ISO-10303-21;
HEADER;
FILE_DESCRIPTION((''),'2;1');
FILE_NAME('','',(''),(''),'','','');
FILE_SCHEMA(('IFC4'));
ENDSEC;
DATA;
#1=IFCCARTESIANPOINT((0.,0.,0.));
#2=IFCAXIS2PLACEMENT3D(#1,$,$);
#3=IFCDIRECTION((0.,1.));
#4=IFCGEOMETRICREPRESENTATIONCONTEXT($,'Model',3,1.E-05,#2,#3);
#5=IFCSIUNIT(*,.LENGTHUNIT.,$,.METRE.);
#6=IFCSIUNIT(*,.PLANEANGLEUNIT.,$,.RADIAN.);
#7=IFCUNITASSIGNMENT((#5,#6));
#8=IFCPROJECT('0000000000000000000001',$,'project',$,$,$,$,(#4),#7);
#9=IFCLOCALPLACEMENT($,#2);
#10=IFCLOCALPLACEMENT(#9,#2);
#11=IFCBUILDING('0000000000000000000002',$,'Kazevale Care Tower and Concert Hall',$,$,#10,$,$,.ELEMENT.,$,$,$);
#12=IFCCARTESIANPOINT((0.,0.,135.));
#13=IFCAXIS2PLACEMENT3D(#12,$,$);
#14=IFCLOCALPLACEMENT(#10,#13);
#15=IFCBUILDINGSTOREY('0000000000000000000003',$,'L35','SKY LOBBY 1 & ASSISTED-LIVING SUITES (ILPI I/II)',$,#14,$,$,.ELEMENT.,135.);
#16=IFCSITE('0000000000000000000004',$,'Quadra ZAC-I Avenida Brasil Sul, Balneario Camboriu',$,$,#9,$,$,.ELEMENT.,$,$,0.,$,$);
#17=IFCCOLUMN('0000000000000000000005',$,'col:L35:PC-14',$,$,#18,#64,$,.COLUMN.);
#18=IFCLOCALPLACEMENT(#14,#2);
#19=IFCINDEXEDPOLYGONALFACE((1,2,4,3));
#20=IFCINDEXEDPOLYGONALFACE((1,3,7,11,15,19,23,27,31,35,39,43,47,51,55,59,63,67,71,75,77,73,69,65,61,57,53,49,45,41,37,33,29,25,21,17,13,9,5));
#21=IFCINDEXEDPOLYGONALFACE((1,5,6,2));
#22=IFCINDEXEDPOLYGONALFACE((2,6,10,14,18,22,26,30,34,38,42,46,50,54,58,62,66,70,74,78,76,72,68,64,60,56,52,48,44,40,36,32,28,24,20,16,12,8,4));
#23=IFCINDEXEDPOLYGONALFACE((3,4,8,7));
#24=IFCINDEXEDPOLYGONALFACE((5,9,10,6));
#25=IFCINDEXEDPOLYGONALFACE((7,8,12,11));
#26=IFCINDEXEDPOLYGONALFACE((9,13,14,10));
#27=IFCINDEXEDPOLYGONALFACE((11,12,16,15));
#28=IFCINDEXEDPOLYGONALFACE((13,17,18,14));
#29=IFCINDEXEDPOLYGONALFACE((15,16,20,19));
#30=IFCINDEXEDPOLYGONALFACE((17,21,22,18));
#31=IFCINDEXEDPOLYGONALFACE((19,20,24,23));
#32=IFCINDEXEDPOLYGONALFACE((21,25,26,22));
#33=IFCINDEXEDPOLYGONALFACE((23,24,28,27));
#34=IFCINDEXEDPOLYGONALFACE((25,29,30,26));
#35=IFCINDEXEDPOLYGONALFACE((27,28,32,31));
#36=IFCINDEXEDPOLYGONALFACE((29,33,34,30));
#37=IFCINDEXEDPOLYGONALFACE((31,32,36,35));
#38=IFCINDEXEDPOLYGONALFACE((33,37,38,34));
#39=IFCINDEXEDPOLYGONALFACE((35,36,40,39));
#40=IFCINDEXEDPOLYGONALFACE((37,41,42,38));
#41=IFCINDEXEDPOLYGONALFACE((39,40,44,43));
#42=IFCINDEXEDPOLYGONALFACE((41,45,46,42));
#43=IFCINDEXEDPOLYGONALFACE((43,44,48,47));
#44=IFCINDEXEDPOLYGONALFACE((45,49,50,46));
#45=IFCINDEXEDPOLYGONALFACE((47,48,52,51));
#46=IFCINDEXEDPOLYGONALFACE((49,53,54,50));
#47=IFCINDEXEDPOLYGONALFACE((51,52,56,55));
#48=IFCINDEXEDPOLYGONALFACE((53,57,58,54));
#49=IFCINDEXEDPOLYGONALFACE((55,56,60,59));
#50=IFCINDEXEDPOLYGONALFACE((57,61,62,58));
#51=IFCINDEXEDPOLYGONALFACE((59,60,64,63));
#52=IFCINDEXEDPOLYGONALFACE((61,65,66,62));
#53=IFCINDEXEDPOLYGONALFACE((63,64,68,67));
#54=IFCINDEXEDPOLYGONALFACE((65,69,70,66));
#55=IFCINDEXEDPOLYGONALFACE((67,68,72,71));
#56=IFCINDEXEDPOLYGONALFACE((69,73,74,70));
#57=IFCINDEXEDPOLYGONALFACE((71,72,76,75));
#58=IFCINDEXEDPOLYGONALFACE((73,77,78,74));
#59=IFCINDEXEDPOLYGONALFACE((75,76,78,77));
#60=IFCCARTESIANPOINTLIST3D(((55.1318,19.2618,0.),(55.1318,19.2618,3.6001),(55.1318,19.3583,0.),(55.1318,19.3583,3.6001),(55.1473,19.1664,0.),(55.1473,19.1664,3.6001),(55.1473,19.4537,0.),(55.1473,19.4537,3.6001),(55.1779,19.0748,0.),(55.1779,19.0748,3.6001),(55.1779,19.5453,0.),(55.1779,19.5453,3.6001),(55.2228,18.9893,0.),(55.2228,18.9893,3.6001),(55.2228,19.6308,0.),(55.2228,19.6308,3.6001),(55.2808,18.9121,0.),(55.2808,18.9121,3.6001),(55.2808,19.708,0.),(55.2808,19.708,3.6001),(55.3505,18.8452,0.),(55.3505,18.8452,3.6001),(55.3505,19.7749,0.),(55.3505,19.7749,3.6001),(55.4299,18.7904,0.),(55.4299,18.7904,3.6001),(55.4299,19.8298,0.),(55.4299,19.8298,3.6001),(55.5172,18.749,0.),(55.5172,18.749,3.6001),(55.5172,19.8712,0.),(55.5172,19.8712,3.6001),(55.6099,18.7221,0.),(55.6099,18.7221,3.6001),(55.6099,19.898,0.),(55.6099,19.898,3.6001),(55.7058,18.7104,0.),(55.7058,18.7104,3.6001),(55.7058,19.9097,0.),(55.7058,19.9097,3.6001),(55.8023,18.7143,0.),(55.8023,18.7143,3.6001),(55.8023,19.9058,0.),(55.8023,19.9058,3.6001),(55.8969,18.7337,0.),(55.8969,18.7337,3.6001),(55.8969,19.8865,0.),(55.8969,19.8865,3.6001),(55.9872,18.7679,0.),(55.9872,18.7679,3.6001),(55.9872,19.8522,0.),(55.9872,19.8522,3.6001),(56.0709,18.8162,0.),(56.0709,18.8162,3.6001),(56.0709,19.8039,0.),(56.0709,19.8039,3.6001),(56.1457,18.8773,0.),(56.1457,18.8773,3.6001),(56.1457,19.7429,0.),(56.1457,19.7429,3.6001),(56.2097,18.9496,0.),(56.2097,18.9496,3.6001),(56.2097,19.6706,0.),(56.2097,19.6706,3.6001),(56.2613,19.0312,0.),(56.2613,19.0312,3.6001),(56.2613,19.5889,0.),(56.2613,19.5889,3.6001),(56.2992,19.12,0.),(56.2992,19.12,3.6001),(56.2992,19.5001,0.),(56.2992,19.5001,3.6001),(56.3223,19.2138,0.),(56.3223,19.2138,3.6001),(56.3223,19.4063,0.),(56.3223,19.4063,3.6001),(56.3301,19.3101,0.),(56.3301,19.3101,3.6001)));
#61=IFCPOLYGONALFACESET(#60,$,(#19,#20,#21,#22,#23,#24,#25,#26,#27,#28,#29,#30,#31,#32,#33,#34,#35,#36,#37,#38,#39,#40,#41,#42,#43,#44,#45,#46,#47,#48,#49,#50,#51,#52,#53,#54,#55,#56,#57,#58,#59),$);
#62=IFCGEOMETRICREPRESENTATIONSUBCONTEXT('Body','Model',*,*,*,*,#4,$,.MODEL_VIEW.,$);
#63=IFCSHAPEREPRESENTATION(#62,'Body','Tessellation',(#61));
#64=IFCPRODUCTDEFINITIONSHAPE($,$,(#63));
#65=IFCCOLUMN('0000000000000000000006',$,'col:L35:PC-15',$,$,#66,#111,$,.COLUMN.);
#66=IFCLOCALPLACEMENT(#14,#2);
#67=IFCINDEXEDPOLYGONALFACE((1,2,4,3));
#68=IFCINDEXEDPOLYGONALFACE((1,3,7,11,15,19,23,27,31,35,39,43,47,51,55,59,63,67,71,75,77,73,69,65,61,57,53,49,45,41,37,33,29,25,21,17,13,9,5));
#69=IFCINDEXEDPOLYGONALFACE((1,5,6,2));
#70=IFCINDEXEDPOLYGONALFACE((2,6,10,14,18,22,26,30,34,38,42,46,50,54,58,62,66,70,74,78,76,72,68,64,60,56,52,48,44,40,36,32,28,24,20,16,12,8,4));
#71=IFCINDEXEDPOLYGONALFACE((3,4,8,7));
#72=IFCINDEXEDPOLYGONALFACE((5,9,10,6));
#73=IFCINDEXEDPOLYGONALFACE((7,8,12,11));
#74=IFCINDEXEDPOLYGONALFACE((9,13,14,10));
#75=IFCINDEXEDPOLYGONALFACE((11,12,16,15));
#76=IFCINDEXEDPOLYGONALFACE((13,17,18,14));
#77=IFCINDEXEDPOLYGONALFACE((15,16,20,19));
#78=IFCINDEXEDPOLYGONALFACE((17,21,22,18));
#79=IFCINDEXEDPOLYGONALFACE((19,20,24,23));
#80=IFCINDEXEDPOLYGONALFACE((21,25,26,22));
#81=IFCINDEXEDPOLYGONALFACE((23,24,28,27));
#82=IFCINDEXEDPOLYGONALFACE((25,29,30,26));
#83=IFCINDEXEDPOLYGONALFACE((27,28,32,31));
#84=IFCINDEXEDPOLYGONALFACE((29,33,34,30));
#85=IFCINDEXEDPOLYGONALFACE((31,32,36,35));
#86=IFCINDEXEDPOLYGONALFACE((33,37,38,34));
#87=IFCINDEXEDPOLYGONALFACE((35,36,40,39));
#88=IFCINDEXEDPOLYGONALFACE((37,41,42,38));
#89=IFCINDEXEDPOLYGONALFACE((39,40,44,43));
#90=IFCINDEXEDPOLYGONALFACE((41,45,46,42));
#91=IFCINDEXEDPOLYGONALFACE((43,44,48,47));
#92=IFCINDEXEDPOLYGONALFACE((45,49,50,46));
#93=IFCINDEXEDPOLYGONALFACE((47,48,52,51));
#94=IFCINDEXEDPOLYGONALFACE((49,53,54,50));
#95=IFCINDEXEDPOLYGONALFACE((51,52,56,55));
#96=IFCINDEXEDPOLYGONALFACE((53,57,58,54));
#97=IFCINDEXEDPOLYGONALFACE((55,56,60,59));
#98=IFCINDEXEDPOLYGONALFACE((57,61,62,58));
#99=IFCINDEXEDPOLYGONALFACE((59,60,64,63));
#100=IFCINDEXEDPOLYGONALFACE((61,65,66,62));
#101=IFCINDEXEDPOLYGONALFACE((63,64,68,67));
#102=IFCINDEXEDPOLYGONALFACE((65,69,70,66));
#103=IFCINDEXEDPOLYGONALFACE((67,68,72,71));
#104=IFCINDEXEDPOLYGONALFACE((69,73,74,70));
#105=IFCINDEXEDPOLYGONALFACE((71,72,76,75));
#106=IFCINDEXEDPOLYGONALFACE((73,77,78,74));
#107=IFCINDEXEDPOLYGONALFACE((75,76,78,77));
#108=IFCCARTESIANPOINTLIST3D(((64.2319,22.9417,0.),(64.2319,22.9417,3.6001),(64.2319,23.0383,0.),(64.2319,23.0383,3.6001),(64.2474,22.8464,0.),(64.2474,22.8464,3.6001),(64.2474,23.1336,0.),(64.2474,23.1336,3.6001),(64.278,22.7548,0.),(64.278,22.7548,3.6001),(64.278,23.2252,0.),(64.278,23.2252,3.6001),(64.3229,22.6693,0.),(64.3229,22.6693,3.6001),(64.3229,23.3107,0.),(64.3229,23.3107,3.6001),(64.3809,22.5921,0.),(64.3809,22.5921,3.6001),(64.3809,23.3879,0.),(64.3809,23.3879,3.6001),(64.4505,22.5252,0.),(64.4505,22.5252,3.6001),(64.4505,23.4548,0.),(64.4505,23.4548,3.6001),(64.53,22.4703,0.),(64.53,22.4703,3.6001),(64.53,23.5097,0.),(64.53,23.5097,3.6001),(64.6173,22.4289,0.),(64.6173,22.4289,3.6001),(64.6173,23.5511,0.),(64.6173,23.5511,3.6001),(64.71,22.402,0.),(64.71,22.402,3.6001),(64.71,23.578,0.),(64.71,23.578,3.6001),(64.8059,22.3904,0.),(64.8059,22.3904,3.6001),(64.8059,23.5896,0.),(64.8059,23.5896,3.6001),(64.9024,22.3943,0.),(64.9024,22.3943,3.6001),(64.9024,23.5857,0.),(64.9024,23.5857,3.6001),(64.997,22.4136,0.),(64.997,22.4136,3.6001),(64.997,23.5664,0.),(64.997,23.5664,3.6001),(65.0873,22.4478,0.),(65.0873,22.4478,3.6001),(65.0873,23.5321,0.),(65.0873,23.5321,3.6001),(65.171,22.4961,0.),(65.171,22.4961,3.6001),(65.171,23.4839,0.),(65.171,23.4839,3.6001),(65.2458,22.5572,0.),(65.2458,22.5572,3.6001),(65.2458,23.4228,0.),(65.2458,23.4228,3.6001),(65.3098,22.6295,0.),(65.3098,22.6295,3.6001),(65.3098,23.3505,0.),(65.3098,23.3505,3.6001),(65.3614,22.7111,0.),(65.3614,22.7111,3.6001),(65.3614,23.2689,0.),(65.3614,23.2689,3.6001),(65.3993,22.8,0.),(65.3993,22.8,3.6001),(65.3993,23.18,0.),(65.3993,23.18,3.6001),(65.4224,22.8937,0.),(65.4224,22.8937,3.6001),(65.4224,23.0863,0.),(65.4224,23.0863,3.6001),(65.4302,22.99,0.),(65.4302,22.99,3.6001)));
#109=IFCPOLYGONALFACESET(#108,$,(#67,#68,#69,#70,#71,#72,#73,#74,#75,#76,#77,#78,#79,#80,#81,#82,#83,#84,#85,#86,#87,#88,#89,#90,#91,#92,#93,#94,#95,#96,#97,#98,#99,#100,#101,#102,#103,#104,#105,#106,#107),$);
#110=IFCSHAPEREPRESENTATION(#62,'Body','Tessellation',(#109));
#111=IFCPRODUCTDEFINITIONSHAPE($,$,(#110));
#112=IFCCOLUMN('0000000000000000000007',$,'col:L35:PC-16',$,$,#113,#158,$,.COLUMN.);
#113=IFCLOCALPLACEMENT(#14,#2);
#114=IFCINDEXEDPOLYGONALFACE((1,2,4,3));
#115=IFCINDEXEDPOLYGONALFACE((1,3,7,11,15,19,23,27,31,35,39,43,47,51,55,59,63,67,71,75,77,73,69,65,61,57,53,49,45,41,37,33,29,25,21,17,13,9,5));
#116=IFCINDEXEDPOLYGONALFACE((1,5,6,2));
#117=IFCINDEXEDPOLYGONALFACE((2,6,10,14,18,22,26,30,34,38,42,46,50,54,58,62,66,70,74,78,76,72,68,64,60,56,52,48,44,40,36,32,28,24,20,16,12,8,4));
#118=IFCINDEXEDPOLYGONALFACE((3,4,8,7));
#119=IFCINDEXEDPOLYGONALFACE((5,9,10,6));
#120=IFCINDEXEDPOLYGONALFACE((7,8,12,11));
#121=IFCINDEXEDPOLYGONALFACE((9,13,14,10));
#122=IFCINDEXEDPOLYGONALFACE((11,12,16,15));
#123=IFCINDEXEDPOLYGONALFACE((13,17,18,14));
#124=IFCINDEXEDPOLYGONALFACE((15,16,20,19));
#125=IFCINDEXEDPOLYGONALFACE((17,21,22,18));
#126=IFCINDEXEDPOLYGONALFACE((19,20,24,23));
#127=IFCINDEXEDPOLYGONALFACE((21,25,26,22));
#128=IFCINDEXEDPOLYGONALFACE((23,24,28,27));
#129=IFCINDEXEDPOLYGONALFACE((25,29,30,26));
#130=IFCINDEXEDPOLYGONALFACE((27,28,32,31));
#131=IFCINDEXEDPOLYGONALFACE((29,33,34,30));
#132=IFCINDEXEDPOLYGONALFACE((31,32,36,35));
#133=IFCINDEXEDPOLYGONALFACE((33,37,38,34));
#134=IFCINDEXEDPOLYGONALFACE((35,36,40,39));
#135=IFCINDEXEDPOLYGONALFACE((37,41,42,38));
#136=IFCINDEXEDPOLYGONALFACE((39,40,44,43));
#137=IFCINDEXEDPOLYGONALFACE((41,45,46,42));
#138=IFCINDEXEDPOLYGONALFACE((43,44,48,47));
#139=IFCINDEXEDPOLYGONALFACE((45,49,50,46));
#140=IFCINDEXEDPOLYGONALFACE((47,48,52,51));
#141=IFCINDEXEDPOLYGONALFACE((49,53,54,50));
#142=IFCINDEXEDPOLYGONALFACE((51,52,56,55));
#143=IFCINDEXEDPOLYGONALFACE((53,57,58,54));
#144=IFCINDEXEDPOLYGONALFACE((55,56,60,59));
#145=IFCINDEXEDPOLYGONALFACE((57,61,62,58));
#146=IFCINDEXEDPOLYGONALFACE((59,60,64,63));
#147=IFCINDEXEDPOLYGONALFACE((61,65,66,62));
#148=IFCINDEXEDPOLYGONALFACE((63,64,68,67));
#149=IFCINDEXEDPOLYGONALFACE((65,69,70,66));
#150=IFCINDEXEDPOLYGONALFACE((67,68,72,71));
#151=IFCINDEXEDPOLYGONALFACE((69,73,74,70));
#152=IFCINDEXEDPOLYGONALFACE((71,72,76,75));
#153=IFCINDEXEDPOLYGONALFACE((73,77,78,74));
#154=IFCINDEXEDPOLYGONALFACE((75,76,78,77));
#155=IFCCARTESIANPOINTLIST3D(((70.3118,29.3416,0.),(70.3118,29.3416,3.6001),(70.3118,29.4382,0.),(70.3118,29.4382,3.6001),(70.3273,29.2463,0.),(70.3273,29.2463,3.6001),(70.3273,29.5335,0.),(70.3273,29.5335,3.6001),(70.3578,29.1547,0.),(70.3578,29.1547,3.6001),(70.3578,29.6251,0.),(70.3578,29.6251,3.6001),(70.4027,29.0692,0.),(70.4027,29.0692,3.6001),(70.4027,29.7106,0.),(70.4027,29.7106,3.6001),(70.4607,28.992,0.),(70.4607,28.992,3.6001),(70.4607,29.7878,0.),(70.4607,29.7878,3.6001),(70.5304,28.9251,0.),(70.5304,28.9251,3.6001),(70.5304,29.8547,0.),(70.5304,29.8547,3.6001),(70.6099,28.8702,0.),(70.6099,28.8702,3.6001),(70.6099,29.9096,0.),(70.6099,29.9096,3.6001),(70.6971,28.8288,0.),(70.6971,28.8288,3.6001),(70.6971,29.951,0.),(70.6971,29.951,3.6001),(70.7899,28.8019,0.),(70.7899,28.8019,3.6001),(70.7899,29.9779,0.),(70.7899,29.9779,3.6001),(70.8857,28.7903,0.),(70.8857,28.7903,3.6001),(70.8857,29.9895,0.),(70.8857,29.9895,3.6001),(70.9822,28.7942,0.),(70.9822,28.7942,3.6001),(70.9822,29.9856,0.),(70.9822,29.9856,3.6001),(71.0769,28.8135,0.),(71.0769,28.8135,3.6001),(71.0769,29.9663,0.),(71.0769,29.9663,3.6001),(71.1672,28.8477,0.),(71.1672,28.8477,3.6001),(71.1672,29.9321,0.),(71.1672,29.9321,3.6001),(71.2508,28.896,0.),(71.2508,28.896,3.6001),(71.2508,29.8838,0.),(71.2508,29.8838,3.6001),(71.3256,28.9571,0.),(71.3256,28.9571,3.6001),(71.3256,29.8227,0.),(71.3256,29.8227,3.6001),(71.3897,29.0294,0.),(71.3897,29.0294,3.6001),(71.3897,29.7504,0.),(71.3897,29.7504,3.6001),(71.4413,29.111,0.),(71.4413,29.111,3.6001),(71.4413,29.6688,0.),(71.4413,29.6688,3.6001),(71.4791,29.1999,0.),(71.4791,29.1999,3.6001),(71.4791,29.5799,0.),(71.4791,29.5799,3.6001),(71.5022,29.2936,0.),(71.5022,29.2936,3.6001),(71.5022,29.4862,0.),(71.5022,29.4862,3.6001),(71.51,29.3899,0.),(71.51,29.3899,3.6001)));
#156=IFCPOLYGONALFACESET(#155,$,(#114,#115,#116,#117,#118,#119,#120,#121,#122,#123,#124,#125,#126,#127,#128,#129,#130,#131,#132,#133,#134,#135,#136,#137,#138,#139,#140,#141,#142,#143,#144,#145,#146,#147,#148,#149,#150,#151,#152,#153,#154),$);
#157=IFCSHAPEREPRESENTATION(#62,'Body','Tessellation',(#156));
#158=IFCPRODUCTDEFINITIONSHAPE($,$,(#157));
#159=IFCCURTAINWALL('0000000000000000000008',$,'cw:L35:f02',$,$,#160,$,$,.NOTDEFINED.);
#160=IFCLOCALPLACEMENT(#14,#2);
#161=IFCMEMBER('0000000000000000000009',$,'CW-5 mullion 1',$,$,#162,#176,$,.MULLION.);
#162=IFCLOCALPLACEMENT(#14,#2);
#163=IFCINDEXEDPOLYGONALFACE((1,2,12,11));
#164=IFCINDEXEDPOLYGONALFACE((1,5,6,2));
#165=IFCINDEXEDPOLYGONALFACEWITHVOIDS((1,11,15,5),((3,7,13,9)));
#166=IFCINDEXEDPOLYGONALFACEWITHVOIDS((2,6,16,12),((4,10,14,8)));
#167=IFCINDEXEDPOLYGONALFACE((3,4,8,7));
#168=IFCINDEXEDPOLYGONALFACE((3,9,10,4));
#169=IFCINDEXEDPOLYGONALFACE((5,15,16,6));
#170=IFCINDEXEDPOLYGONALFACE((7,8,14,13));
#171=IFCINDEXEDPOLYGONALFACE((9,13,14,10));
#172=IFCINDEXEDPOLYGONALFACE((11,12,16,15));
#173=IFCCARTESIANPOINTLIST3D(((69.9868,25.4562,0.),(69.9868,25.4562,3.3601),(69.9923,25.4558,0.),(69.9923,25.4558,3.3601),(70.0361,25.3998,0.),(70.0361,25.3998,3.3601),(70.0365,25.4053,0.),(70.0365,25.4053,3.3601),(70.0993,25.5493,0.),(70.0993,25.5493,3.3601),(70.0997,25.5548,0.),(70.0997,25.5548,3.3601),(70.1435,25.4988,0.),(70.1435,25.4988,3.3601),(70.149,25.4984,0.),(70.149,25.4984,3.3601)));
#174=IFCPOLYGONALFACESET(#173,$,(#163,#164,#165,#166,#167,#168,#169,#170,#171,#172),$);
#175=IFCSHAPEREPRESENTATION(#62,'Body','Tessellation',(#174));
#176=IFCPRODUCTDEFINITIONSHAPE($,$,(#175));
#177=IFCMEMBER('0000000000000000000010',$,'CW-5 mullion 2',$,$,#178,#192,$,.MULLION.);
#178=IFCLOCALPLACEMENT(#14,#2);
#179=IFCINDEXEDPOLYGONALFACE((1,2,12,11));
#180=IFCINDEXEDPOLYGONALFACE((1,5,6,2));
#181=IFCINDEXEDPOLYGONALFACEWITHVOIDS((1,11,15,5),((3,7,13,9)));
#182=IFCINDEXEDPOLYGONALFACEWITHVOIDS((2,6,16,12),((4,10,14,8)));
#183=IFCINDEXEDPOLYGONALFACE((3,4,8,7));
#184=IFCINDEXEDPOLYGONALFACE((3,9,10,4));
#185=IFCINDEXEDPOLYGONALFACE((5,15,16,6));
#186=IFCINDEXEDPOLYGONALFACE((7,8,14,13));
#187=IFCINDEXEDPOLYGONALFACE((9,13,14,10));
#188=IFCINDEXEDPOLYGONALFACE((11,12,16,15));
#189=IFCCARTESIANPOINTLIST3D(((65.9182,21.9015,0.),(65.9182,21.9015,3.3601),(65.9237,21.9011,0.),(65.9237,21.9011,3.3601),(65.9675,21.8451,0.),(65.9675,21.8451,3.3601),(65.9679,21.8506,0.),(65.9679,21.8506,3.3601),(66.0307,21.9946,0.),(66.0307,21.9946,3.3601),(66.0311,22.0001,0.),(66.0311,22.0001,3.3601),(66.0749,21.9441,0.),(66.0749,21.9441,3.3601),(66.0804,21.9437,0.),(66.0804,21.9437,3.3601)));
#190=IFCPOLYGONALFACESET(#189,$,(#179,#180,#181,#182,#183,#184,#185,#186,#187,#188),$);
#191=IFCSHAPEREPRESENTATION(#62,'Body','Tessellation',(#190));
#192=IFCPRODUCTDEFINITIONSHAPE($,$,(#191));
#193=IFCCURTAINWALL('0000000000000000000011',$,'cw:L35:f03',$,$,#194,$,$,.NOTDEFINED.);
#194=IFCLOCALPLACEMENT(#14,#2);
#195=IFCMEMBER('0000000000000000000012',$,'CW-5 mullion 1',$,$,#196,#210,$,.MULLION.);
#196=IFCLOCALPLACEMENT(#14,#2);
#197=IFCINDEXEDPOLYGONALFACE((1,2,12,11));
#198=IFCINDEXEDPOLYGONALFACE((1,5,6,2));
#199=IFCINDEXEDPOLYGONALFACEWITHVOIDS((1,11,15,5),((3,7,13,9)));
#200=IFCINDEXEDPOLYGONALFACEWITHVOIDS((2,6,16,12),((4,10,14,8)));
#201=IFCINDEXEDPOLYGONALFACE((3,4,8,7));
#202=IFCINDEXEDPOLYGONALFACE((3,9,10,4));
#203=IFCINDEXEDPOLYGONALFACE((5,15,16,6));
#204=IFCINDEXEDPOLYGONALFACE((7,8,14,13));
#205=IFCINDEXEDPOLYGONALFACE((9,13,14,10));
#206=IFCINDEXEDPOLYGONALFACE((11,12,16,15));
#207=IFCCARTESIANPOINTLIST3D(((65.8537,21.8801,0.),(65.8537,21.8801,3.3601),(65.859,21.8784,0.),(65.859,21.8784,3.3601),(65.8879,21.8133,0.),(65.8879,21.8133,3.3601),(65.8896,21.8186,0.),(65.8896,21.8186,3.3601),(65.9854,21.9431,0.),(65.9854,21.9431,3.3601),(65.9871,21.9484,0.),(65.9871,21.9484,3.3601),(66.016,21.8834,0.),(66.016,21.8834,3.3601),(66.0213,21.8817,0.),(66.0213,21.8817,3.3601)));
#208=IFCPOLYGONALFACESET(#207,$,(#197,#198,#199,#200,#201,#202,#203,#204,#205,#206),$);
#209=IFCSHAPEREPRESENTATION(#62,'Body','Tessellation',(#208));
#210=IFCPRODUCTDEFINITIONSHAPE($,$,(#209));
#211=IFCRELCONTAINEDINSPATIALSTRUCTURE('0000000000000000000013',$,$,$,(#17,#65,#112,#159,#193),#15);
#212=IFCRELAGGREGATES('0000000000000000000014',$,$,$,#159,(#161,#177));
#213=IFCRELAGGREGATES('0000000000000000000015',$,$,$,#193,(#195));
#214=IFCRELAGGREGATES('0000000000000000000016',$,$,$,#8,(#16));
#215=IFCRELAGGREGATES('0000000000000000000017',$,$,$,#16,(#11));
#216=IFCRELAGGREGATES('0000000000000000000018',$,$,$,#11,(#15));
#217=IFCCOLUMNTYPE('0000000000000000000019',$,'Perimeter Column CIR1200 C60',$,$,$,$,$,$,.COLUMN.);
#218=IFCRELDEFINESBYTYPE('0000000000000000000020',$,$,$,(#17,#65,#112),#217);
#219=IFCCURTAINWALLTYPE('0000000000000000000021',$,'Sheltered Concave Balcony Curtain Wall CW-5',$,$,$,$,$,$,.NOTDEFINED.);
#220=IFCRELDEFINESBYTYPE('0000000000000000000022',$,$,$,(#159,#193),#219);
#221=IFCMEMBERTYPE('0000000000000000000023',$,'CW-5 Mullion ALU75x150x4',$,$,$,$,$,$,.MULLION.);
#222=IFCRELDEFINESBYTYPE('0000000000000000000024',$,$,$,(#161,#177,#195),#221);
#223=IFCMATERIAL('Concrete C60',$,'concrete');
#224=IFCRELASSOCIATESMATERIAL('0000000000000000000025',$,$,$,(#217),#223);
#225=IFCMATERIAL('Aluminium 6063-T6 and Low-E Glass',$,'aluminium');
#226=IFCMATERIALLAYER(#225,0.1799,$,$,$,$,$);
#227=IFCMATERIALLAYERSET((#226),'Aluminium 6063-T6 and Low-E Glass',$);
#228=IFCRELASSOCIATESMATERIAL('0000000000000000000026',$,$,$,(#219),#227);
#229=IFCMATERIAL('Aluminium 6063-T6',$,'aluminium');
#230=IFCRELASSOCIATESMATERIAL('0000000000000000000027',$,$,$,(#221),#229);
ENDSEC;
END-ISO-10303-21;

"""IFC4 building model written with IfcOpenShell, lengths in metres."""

from ifc_helpers import new_model, si_unit, direction, frame, origin, origin_2d, place, context, subcontext, project, spatial, hollow_rectangle, circle, extrude, material, layer, layer_set, material_profile, profile_set, type_object, element, aggregate, save


model = new_model("IFC4")

# Units and contexts
model_context = context("Model", 3, precision=1e-05, world=origin(), true_north=direction((0.0, 1.0)))
body_context = subcontext(model_context, "Body", "Model", "MODEL_VIEW")
ifc_project = project(units=[si_unit("LENGTHUNIT", "METRE"), si_unit("PLANEANGLEUNIT", "RADIAN")], contexts=[model_context])

# Site, building, storey
site_placement = place(None, origin())
site = spatial("IfcSite", under=ifc_project, at=site_placement, Name="Quadra ZAC-I Avenida Brasil Sul, Balneario Camboriu", CompositionType="ELEMENT", RefElevation=0.0)
building_placement = place(site_placement, origin())
building = spatial("IfcBuilding", under=site, at=building_placement, Name="Kazevale Care Tower and Concert Hall", CompositionType="ELEMENT")
storey_placement = place(building_placement, frame((0.0, 0.0, 135.0)))
storey = spatial("IfcBuildingStorey", under=building, at=storey_placement, Name="L35", Description="SKY LOBBY 1 & ASSISTED-LIVING SUITES (ILPI I/II)", CompositionType="ELEMENT", Elevation=135.0)

# Columns
ifc_material_1 = material(Name="Concrete C60", Category="concrete")
ifc_material_profile_1 = material_profile(ifc_material_1, circle(Radius=0.6001, at=origin_2d()), Name="RC-CIR1200")
ifc_profile_set_1 = profile_set([ifc_material_profile_1], Name="Concrete C60")
column_type = type_object("IfcColumnType", Name="Perimeter Column CIR1200 C60", PredefinedType="COLUMN", material=ifc_profile_set_1)
for number, where, z_axis, x_axis, name in (
    (1, (55.73, 19.3101, 0.0), (0.0, 0.0, 1.0), (1.0, 0.0, 0.0), "col:L35:PC-14"),
    (2, (64.8301, 22.99, 0.0), (0.0, 0.0, 1.0), (1.0, 0.0, 0.0), "col:L35:PC-15"),
    (3, (70.9099, 29.3899, 0.0), (0.0, 0.0, 1.0), (1.0, 0.0, 0.0), "col:L35:PC-16"),
):
    element("IfcColumn", number, at=place(storey_placement, frame(where, z_axis=z_axis, x_axis=x_axis)), inside=storey, type_object=column_type, Name=name, PredefinedType="COLUMN", context=body_context, shape_type="SweptSolid", body=[
        extrude(circle(Radius=0.6001, at=origin_2d()), origin(), (0.0, 0.0, 1.0), 3.6001),
    ])

# Curtain walls, members
ifc_material_2 = material(Name="Aluminium 6063-T6 and Low-E Glass", Category="aluminium")
ifc_layer_1 = layer(ifc_material_2, 0.1799)
ifc_layer_set_1 = layer_set([ifc_layer_1], Name="Aluminium 6063-T6 and Low-E Glass")
curtain_wall_type = type_object("IfcCurtainWallType", Name="Sheltered Concave Balcony Curtain Wall CW-5", PredefinedType="NOTDEFINED", material=ifc_layer_set_1)
curtain_wall_1_placement = place(storey_placement, origin())
curtain_wall_1 = element("IfcCurtainWall", 4, at=curtain_wall_1_placement, inside=storey, type_object=curtain_wall_type, Name="cw:L35:f02", PredefinedType="NOTDEFINED")
ifc_material_3 = material(Name="Aluminium 6063-T6", Category="aluminium")
ifc_material_profile_2 = material_profile(ifc_material_3, hollow_rectangle(XDim=0.075, YDim=0.1499, WallThickness=0.0039, at=origin_2d()), Name="ALU75x150x4")
ifc_profile_set_2 = profile_set([ifc_material_profile_2], Name="Aluminium 6063-T6")
member_type_1 = type_object("IfcMemberType", Name="CW-5 Mullion ALU75x150x4", PredefinedType="MULLION", material=ifc_profile_set_2)
member_1_placement = place(storey_placement, frame((70.0679, 25.4773, 0.0), z_axis=(0.0, 0.0, 1.0), x_axis=(0.657949, -0.753063, 0.0)))
member_1 = element("IfcMember", 5, at=member_1_placement, type_object=member_type_1, Name="CW-5 mullion 1", PredefinedType="MULLION", context=body_context, shape_type="SweptSolid", body=[
    extrude(hollow_rectangle(XDim=0.075, YDim=0.1499, WallThickness=0.0039, at=origin_2d()), origin(), (0.0, 0.0, 1.0), 3.3601),
])
member_2_placement = place(storey_placement, frame((65.9993, 21.9226, 0.0), z_axis=(0.0, 0.0, 1.0), x_axis=(0.657949, -0.753063, 0.0)))
member_2 = element("IfcMember", 6, at=member_2_placement, type_object=member_type_1, Name="CW-5 mullion 2", PredefinedType="MULLION", context=body_context, shape_type="SweptSolid", body=[
    extrude(hollow_rectangle(XDim=0.075, YDim=0.1499, WallThickness=0.0039, at=origin_2d()), origin(), (0.0, 0.0, 1.0), 3.3601),
])
curtain_wall_2_placement = place(storey_placement, origin())
curtain_wall_2 = element("IfcCurtainWall", 7, at=curtain_wall_2_placement, inside=storey, type_object=curtain_wall_type, Name="cw:L35:f03", PredefinedType="NOTDEFINED")
member_3_placement = place(storey_placement, frame((65.9375, 21.8809, 0.0), z_axis=(0.0, 0.0, 1.0), x_axis=(0.455713, -0.890127, 0.0)))
member_3 = element("IfcMember", 8, at=member_3_placement, type_object=member_type_1, Name="CW-5 mullion 1", PredefinedType="MULLION", context=body_context, shape_type="SweptSolid", body=[
    extrude(hollow_rectangle(XDim=0.075, YDim=0.1499, WallThickness=0.0039, at=origin_2d()), origin(), (0.0, 0.0, 1.0), 3.3601),
])

aggregate(curtain_wall_1, [member_1, member_2])
aggregate(curtain_wall_2, [member_3])

save(model, "model.ifc")
